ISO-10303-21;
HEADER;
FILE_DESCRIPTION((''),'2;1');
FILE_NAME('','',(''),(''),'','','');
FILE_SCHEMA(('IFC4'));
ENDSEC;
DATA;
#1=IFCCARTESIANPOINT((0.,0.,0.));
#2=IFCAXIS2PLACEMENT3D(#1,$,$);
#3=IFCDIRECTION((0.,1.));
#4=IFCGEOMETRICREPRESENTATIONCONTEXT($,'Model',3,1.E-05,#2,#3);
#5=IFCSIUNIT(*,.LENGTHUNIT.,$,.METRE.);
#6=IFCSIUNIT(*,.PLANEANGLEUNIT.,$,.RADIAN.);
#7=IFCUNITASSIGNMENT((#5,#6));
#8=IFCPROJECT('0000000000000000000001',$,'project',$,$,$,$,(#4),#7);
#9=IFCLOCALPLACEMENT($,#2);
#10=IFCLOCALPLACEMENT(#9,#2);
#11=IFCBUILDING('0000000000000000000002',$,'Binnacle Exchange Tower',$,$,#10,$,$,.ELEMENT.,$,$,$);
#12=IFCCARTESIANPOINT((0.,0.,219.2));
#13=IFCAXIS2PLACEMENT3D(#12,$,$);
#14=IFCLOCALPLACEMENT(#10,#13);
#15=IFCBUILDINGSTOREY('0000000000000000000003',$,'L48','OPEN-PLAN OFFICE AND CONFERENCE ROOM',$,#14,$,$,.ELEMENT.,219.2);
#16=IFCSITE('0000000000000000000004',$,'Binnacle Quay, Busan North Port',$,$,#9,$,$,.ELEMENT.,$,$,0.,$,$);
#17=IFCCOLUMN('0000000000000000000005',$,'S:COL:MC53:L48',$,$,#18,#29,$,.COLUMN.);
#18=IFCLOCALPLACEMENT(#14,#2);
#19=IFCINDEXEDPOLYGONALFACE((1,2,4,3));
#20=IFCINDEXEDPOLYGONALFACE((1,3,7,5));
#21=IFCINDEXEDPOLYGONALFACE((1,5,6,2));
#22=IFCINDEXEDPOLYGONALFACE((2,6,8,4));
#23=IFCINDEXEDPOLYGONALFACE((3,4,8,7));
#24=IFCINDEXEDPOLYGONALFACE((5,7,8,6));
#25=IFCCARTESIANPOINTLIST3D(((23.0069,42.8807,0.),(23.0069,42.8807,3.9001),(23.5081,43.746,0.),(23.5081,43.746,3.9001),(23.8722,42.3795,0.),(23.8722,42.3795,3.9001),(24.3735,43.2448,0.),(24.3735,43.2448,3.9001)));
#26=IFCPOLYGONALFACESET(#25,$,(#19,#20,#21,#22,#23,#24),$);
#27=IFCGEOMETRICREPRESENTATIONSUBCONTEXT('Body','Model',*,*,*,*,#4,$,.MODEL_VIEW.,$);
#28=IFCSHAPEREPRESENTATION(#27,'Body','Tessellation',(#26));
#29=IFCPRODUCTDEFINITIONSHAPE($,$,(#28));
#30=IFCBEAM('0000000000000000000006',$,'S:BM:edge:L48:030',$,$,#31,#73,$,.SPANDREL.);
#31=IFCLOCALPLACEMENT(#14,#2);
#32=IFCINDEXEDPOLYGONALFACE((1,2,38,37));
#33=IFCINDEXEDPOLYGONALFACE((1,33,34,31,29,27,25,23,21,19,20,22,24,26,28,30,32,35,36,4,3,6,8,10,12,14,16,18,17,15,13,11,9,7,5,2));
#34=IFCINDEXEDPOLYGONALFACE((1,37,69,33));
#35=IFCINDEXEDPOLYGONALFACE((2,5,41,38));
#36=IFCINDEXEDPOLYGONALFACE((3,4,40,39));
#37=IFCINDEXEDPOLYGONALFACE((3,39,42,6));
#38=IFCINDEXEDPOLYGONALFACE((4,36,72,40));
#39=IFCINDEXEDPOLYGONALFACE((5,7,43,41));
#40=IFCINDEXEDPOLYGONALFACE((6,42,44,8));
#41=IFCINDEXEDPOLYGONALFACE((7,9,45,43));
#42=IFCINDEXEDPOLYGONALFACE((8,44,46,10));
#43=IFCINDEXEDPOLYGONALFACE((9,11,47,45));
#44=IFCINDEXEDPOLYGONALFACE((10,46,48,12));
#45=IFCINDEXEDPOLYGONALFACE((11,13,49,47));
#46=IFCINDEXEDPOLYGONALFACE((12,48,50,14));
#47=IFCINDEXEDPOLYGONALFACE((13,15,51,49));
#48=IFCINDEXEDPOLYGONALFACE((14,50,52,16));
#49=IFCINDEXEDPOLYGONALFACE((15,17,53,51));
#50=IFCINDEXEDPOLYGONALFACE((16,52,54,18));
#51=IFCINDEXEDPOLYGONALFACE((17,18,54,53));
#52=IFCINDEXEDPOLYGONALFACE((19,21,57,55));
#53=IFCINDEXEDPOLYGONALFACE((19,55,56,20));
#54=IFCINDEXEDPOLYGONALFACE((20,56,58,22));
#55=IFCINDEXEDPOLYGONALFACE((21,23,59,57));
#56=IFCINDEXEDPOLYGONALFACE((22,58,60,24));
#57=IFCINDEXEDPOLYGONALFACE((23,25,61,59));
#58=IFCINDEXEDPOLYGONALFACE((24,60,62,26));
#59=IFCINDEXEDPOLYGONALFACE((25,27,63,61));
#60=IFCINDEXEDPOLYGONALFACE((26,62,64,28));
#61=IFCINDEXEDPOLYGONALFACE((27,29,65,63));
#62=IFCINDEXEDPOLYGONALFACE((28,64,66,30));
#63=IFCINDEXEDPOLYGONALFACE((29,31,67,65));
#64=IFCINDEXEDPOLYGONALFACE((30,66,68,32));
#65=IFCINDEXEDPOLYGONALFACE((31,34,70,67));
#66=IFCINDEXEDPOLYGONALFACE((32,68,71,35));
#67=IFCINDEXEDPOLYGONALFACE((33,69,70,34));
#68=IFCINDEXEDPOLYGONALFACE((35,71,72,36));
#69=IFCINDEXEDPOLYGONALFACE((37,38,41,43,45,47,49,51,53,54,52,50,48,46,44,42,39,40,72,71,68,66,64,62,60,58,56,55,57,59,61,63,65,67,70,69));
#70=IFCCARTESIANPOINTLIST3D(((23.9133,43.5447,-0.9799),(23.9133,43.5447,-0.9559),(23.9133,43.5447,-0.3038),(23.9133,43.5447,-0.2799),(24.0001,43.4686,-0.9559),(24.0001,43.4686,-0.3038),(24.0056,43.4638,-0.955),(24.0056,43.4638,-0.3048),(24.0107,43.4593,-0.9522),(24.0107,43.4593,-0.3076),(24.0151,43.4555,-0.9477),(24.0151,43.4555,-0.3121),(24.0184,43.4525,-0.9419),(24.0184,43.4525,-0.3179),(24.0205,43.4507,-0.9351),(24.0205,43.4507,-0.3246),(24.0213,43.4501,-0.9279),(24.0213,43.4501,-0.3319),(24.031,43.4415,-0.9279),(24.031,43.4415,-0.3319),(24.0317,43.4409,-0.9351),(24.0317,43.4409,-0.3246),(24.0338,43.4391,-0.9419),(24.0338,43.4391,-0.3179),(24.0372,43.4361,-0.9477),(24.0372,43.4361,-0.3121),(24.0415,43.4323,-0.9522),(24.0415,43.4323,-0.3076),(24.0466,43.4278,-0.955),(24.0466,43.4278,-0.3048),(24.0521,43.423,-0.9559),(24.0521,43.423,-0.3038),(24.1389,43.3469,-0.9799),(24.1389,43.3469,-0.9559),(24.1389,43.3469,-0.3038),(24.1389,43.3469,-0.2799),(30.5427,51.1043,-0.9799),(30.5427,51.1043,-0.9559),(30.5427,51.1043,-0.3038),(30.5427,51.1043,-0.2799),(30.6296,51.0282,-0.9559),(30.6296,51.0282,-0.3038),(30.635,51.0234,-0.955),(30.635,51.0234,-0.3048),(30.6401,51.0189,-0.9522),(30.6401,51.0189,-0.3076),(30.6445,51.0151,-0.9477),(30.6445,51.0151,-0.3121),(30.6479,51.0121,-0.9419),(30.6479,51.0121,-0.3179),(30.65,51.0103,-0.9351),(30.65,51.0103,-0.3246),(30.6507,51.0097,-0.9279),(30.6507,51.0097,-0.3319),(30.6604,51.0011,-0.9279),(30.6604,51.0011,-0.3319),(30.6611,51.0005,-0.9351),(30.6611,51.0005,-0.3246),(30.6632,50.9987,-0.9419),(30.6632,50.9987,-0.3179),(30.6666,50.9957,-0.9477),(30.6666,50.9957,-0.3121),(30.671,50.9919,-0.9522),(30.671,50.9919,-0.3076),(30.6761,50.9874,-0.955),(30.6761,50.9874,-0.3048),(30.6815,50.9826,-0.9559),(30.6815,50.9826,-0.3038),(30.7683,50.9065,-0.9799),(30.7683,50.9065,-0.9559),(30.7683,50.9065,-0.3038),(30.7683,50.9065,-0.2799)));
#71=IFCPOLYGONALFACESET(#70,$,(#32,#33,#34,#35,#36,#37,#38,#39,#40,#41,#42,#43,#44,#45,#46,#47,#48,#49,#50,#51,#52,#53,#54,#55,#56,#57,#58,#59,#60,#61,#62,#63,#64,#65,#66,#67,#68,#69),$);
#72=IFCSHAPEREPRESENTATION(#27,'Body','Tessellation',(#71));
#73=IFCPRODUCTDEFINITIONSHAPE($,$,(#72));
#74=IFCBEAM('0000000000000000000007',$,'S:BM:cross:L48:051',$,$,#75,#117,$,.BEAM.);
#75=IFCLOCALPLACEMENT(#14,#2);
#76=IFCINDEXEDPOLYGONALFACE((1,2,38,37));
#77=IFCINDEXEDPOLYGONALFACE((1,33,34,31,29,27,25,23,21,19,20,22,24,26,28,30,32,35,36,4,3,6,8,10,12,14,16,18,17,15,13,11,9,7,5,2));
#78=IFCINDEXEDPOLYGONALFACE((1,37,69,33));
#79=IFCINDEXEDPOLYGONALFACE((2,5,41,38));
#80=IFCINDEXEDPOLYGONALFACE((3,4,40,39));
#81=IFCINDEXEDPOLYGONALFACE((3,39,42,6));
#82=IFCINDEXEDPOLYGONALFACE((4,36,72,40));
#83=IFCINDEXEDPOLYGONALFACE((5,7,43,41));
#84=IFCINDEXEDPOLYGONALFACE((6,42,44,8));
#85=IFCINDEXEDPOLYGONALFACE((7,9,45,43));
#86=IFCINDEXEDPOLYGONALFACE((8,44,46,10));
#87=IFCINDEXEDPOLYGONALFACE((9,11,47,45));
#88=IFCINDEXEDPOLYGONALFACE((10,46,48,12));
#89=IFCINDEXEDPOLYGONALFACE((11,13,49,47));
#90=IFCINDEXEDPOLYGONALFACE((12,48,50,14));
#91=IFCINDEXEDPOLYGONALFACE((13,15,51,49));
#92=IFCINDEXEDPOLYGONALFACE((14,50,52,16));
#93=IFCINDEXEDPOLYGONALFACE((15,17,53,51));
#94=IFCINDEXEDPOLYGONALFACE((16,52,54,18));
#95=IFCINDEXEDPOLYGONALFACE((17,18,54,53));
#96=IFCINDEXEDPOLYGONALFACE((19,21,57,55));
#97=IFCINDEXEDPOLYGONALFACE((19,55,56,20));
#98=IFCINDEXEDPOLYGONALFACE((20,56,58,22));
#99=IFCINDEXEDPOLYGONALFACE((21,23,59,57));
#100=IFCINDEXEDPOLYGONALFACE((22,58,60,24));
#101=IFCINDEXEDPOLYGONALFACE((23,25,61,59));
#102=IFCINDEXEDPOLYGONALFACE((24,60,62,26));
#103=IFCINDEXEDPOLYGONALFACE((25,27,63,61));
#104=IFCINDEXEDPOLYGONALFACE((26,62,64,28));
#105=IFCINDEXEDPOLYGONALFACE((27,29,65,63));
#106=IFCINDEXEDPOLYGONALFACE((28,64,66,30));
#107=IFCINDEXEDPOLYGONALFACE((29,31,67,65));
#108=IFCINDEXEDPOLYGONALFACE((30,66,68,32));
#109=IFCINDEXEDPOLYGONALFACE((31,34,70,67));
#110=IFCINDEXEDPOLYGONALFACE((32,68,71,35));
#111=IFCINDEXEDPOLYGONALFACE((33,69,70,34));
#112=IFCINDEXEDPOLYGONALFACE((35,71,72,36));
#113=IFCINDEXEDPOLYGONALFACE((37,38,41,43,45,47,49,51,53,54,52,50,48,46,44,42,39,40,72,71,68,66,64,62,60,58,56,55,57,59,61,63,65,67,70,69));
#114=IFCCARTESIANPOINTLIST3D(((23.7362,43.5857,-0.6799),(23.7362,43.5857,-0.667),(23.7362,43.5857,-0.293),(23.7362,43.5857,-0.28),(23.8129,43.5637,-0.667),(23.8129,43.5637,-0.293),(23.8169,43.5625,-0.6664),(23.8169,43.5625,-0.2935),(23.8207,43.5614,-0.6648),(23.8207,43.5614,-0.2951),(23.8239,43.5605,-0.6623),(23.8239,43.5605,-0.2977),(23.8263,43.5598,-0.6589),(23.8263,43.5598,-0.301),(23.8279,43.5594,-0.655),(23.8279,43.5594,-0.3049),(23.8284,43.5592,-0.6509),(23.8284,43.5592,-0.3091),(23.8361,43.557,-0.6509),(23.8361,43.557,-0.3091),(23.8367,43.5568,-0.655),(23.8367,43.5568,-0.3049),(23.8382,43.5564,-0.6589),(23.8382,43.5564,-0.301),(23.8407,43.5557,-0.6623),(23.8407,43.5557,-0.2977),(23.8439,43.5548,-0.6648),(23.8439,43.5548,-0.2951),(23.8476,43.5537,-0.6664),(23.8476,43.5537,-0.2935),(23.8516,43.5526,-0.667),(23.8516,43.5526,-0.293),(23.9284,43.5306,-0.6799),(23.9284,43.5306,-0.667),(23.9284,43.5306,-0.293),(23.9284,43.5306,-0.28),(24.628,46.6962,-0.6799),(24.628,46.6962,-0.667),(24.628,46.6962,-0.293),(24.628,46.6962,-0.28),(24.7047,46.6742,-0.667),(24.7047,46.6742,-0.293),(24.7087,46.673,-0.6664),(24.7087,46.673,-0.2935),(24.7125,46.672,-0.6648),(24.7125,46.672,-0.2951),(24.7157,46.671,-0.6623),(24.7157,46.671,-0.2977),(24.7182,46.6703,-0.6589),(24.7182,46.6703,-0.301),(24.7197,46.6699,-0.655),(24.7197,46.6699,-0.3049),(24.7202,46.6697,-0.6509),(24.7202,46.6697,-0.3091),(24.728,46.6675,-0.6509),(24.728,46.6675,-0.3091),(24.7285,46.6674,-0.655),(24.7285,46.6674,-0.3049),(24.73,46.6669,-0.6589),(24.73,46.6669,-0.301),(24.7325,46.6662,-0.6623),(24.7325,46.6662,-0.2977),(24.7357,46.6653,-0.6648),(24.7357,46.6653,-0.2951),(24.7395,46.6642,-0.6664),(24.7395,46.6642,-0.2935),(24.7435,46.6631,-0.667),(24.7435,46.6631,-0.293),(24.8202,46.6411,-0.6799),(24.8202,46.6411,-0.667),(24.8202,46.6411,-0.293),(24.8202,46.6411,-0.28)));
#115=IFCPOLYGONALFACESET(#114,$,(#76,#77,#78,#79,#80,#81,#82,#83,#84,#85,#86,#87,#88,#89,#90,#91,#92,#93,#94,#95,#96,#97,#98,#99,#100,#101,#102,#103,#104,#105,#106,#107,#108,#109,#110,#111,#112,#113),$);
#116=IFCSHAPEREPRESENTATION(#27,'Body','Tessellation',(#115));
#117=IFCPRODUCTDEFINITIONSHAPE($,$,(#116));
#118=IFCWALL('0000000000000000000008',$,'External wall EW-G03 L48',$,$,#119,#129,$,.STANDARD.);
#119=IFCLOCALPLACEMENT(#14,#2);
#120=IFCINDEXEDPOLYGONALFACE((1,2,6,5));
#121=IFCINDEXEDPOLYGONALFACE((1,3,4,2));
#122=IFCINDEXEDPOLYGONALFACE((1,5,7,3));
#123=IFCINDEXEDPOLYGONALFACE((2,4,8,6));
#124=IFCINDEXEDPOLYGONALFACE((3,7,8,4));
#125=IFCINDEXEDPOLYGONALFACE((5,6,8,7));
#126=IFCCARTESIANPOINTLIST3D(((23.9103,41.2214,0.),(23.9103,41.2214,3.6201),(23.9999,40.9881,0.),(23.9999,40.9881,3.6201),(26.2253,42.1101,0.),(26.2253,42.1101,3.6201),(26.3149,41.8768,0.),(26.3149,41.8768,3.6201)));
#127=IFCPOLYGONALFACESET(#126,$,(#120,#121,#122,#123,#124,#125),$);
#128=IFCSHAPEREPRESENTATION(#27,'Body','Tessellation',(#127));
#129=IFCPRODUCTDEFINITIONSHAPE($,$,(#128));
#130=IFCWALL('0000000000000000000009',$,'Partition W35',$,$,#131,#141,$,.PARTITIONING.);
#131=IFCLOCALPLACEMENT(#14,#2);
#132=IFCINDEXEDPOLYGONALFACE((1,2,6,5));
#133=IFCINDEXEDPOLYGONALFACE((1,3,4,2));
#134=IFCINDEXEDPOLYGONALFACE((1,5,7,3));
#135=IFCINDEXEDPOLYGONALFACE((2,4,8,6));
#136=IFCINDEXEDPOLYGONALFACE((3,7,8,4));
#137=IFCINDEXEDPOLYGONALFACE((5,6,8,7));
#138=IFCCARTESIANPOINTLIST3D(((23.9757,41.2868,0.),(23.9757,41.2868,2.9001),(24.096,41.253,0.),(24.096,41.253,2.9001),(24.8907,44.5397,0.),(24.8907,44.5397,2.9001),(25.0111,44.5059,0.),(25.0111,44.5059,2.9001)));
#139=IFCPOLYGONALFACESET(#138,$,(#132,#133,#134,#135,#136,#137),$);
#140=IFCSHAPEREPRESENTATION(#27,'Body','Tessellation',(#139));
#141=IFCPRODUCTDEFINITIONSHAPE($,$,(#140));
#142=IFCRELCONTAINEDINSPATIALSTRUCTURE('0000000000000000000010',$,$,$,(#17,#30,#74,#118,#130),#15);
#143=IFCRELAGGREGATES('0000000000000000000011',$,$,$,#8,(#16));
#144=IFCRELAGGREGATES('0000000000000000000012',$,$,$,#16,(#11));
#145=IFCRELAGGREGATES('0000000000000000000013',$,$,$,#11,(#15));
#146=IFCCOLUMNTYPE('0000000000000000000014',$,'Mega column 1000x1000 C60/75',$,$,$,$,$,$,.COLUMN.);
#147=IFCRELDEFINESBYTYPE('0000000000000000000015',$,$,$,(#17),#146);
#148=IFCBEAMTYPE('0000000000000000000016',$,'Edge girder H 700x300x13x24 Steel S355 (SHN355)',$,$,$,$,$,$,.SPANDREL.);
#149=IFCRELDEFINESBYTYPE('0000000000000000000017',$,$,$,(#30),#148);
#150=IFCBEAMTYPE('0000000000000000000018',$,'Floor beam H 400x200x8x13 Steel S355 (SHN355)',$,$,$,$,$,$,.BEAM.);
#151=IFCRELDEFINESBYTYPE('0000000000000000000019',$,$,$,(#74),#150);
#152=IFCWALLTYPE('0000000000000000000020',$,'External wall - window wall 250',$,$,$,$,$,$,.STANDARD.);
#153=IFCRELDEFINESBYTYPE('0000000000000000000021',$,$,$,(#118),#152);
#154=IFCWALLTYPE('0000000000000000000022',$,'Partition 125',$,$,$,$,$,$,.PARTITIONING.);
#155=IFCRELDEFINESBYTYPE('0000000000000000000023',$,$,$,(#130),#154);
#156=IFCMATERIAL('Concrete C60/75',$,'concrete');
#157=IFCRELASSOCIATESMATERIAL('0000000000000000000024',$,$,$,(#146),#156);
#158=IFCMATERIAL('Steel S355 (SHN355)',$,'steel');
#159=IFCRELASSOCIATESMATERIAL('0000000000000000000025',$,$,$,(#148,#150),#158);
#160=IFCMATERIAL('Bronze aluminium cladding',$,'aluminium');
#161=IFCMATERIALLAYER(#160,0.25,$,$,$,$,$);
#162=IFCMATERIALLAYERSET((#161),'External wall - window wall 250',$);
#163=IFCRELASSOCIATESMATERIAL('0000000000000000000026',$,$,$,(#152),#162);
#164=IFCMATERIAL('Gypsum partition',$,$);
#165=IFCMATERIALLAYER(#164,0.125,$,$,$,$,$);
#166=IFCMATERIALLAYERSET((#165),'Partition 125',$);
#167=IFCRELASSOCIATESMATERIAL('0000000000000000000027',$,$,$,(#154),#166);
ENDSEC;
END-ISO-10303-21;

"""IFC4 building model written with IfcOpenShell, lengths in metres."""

from ifc_helpers import new_model, si_unit, direction, frame, frame_2d, origin, origin_2d, place, context, subcontext, project, spatial, rectangle, i_section, extrude, material, layer, layer_set, material_profile, profile_set, type_object, element, save


model = new_model("IFC4")

# Units and contexts
model_context = context("Model", 3, precision=1e-05, world=origin(), true_north=direction((0.0, 1.0)))
body_context = subcontext(model_context, "Body", "Model", "MODEL_VIEW")
ifc_project = project(units=[si_unit("LENGTHUNIT", "METRE"), si_unit("PLANEANGLEUNIT", "RADIAN")], contexts=[model_context])

# Site, building, storey
site_placement = place(None, origin())
site = spatial("IfcSite", under=ifc_project, at=site_placement, Name="Binnacle Quay, Busan North Port", CompositionType="ELEMENT", RefElevation=0.0)
building_placement = place(site_placement, origin())
building = spatial("IfcBuilding", under=site, at=building_placement, Name="Binnacle Exchange Tower", CompositionType="ELEMENT")
storey_placement = place(building_placement, frame((0.0, 0.0, 219.2)))
storey = spatial("IfcBuildingStorey", under=building, at=storey_placement, Name="L48", Description="OPEN-PLAN OFFICE AND CONFERENCE ROOM", CompositionType="ELEMENT", Elevation=219.2)

# Column
ifc_material_1 = material(Name="Concrete C60/75", Category="concrete")
ifc_material_profile_1 = material_profile(ifc_material_1, rectangle(XDim=1.0, YDim=1.0, at=origin_2d()), Name="Mega column 1000x1000 C60/75")
ifc_profile_set_1 = profile_set([ifc_material_profile_1], Name="Concrete C60/75")
column_type = type_object("IfcColumnType", Name="Mega column 1000x1000 C60/75", PredefinedType="COLUMN", material=ifc_profile_set_1)
column_placement = place(storey_placement, frame((23.6902, 43.0627, 0.0), z_axis=(0.0, 0.0, 1.0), x_axis=(-0.865326, 0.501209, 0.0)))
element("IfcColumn", 1, at=column_placement, inside=storey, type_object=column_type, Name="S:COL:MC53:L48", PredefinedType="COLUMN", context=body_context, shape_type="SweptSolid", body=[
    extrude(rectangle(XDim=1.0, YDim=1.0, at=origin_2d()), origin(), (0.0, 0.0, 1.0), 3.9001),
])

# Beams
ifc_material_2 = material(Name="Steel S355 (SHN355)", Category="steel")
ifc_material_profile_2 = material_profile(ifc_material_2, i_section(OverallWidth=0.3, OverallDepth=0.7, WebThickness=0.0129, FlangeThickness=0.0239, FilletRadius=0.0281, at=origin_2d()), Name="H 700x300x13x24")
ifc_profile_set_2 = profile_set([ifc_material_profile_2], Name="Steel S355 (SHN355)")
beam_type_1 = type_object("IfcBeamType", Name="Edge girder H 700x300x13x24 Steel S355 (SHN355)", PredefinedType="SPANDREL", material=ifc_profile_set_2)
beam_1_placement = place(storey_placement, frame((24.0261, 43.4458, -0.6299), z_axis=(0.659336, 0.751848, 0.0), x_axis=(-0.751848, 0.659336, 0.0)))
element("IfcBeam", 2, at=beam_1_placement, inside=storey, type_object=beam_type_1, Name="S:BM:edge:L48:030", PredefinedType="SPANDREL", context=body_context, shape_type="SweptSolid", body=[
    extrude(i_section(OverallWidth=0.3, OverallDepth=0.7, WebThickness=0.0129, FlangeThickness=0.0239, FilletRadius=0.0281, at=origin_2d()), origin(), (0.0, 0.0, 1.0), 10.0547),
])
ifc_material_profile_3 = material_profile(ifc_material_2, i_section(OverallWidth=0.2, OverallDepth=0.3999, WebThickness=0.0081, FlangeThickness=0.0129, FilletRadius=0.0161, at=origin_2d()), Name="H 400x200x8x13")
ifc_profile_set_3 = profile_set([ifc_material_profile_3], Name="Steel S355 (SHN355)")
beam_type_2 = type_object("IfcBeamType", Name="Floor beam H 400x200x8x13 Steel S355 (SHN355)", PredefinedType="BEAM", material=ifc_profile_set_3)
beam_2_placement = place(storey_placement, frame((23.8323, 43.5581, -0.48), z_axis=(0.275608, 0.96127, 0.0), x_axis=(-0.96127, 0.275608, 0.0)))
element("IfcBeam", 3, at=beam_2_placement, inside=storey, type_object=beam_type_2, Name="S:BM:cross:L48:051", PredefinedType="BEAM", context=body_context, shape_type="SweptSolid", body=[
    extrude(i_section(OverallWidth=0.2, OverallDepth=0.3999, WebThickness=0.0081, FlangeThickness=0.0129, FilletRadius=0.0161, at=origin_2d()), origin(), (0.0, 0.0, 1.0), 3.2358),
])

# Shared definitions
ifc_material_3 = material(Name="Bronze aluminium cladding", Category="aluminium")
ifc_layer_1 = layer(ifc_material_3, 0.25)
ifc_layer_set_1 = layer_set([ifc_layer_1], Name="External wall - window wall 250")
wall_type_1 = type_object("IfcWallType", Name="External wall - window wall 250", PredefinedType="STANDARD", material=ifc_layer_set_1)

# Walls
wall_1_placement = place(storey_placement, frame((26.27, 41.9934, 0.0), z_axis=(0.0, 0.0, 1.0), x_axis=(-0.933574, -0.358385, 0.0)))
element("IfcWall", 4, at=wall_1_placement, inside=storey, type_object=wall_type_1, Name="External wall EW-G03 L48", PredefinedType="STANDARD", context=body_context, shape_type="SweptSolid", body=[
    extrude(rectangle(XDim=2.4797, YDim=0.25, at=frame_2d((1.2397, 0.0))), origin(), (0.0, 0.0, 1.0), 3.6201),
])
ifc_material_4 = material(Name="Gypsum partition")
ifc_layer_2 = layer(ifc_material_4, 0.125)
ifc_layer_set_2 = layer_set([ifc_layer_2], Name="Partition 125")
wall_type_2 = type_object("IfcWallType", Name="Partition 125", PredefinedType="PARTITIONING", material=ifc_layer_set_2)
wall_2_placement = place(storey_placement, frame((24.0359, 41.27, 0.0), z_axis=(0.0, 0.0, 1.0), x_axis=(0.270787, 0.962639, 0.0)))
element("IfcWall", 5, at=wall_2_placement, inside=storey, type_object=wall_type_2, Name="Partition W35", PredefinedType="PARTITIONING", context=body_context, shape_type="SweptSolid", body=[
    extrude(rectangle(XDim=3.3792, YDim=0.125, at=frame_2d((1.6895, 0.0))), origin(), (0.0, 0.0, 1.0), 2.9001),
])

save(model, "model.ifc")
